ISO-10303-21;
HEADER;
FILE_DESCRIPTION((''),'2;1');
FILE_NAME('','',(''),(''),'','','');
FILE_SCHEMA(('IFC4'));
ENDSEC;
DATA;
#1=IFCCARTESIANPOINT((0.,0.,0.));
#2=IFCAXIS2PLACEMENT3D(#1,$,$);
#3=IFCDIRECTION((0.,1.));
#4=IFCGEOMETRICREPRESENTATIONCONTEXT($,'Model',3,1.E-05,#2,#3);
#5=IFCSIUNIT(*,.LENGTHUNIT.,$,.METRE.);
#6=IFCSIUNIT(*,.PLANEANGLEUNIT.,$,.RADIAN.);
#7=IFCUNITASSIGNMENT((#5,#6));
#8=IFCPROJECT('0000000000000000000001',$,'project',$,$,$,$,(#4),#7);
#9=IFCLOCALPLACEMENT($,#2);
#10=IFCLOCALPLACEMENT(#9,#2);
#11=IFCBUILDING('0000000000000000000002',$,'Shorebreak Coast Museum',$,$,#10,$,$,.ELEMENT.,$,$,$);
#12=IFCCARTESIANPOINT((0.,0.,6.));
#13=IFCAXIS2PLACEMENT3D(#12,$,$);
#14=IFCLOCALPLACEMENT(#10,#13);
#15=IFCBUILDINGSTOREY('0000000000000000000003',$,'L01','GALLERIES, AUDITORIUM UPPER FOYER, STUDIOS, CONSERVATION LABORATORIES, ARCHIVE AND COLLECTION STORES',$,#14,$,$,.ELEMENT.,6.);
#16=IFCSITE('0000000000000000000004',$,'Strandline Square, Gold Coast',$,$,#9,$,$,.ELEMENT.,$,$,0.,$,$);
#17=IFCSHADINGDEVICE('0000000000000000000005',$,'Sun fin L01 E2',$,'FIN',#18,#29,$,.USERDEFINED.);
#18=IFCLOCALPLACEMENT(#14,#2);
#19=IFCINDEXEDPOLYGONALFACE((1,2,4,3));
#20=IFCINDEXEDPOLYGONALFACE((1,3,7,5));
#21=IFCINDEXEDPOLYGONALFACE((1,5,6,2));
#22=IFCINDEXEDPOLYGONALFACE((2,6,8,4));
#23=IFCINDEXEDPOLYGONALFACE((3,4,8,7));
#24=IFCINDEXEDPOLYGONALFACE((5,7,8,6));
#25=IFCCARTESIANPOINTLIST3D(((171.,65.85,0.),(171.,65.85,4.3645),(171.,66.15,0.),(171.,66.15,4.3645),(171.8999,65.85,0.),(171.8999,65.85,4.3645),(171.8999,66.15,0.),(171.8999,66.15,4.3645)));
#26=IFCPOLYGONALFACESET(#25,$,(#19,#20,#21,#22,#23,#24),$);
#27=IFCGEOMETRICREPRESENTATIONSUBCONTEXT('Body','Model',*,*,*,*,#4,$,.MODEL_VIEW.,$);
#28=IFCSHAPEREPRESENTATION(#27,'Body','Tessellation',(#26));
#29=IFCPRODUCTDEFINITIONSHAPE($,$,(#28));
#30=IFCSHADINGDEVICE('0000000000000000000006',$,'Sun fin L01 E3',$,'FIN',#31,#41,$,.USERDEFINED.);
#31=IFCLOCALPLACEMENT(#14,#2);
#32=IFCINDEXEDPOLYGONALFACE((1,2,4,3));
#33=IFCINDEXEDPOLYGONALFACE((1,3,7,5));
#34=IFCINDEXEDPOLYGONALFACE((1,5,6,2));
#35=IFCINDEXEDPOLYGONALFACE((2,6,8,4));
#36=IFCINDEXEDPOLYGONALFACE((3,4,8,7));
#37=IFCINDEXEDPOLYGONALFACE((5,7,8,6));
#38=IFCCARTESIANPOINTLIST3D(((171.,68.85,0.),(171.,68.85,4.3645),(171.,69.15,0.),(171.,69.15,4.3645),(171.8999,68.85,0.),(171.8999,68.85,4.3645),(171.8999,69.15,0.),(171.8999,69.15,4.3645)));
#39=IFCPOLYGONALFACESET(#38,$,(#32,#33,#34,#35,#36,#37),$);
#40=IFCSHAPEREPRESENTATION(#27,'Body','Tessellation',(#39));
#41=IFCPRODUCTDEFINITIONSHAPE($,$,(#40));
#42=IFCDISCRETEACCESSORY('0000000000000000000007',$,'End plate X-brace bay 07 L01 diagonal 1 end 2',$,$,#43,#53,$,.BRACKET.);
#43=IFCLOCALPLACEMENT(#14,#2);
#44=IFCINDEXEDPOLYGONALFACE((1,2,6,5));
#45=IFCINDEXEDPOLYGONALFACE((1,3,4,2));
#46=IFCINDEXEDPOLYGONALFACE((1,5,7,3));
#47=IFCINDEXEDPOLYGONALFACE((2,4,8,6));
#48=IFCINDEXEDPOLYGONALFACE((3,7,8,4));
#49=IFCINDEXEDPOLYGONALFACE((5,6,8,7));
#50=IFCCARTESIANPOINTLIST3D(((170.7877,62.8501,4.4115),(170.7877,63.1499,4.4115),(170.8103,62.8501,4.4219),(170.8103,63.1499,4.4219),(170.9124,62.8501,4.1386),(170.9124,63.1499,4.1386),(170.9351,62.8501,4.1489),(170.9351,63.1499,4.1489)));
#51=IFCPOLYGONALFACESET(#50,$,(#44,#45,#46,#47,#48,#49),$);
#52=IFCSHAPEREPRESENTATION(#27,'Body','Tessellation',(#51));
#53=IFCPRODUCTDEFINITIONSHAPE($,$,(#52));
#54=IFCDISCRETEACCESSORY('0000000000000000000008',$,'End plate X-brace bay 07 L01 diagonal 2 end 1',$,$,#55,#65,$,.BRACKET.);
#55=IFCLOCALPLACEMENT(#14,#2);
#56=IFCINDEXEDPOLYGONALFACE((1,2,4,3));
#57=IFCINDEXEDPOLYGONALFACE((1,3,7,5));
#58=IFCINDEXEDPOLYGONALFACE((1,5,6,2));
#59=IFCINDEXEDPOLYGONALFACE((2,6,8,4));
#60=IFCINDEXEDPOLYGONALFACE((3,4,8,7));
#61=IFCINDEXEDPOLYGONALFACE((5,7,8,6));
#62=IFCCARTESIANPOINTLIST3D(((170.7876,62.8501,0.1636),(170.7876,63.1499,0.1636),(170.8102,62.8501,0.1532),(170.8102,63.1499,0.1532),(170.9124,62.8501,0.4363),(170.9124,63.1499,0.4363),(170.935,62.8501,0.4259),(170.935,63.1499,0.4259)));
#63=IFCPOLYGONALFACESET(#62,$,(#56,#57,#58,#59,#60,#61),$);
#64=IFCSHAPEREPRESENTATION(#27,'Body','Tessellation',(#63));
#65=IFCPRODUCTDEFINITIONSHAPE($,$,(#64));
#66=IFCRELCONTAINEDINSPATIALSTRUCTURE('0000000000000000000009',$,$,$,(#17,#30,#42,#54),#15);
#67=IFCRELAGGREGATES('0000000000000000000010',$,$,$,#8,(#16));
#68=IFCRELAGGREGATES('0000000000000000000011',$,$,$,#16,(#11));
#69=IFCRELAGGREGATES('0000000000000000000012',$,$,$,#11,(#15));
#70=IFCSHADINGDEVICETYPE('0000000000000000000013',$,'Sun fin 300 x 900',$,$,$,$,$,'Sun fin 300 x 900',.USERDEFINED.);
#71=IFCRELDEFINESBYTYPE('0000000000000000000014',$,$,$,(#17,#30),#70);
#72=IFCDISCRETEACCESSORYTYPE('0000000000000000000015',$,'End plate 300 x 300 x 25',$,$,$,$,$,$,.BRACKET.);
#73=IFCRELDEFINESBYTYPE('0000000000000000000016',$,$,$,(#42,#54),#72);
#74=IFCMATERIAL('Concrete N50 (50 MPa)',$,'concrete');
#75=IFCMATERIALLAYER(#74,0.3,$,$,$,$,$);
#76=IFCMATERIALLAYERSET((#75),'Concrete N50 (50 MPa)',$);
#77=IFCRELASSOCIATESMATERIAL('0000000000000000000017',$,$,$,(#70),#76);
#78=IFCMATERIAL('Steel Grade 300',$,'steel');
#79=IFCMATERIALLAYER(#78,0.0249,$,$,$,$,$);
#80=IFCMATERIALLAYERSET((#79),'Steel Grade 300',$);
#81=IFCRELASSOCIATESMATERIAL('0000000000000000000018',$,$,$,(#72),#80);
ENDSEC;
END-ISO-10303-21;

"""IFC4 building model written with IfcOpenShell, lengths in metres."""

from ifc_helpers import new_model, si_unit, direction, frame, origin, origin_2d, place, context, subcontext, project, spatial, polyline, rectangle, outline, extrude, material, layer, layer_set, type_object, element, save


model = new_model("IFC4")

# Units and contexts
model_context = context("Model", 3, precision=1e-05, world=origin(), true_north=direction((0.0, 1.0)))
body_context = subcontext(model_context, "Body", "Model", "MODEL_VIEW")
ifc_project = project(units=[si_unit("LENGTHUNIT", "METRE"), si_unit("PLANEANGLEUNIT", "RADIAN")], contexts=[model_context])

# Site, building, storey
site_placement = place(None, origin())
site = spatial("IfcSite", under=ifc_project, at=site_placement, Name="Strandline Square, Gold Coast", CompositionType="ELEMENT", RefElevation=0.0)
building_placement = place(site_placement, origin())
building = spatial("IfcBuilding", under=site, at=building_placement, Name="Shorebreak Coast Museum", CompositionType="ELEMENT")
storey_placement = place(building_placement, frame((0.0, 0.0, 6.0)))
storey = spatial("IfcBuildingStorey", under=building, at=storey_placement, Name="L01", Description="GALLERIES, AUDITORIUM UPPER FOYER, STUDIOS, CONSERVATION LABORATORIES, ARCHIVE AND COLLECTION STORES", CompositionType="ELEMENT", Elevation=6.0)

# Shading devices
ifc_material_1 = material(Name="Concrete N50 (50 MPa)", Category="concrete")
ifc_layer_1 = layer(ifc_material_1, 0.3)
ifc_layer_set_1 = layer_set([ifc_layer_1], Name="Concrete N50 (50 MPa)")
shading_device_type = type_object("IfcShadingDeviceType", Name="Sun fin 300 x 900", ElementType="Sun fin 300 x 900", PredefinedType="USERDEFINED", material=ifc_layer_set_1)
for number, where, z_axis, x_axis, name in (
    (1, (171.45, 66.0, 0.0), (0.0, 0.0, 1.0), (1.0, 0.0, 0.0), "Sun fin L01 E2"),
    (2, (171.45, 69.0, 0.0), (0.0, 0.0, 1.0), (1.0, 0.0, 0.0), "Sun fin L01 E3"),
):
    element("IfcShadingDevice", number, at=place(storey_placement, frame(where, z_axis=z_axis, x_axis=x_axis)), inside=storey, type_object=shading_device_type, Name=name, ObjectType="FIN", PredefinedType="USERDEFINED", context=body_context, shape_type="SweptSolid", body=[
        extrude(rectangle(XDim=0.8999, YDim=0.3, at=origin_2d()), origin(), (0.0, 0.0, 1.0), 4.3645),
    ])

# Discrete accessories
ifc_material_2 = material(Name="Steel Grade 300", Category="steel")
ifc_layer_2 = layer(ifc_material_2, 0.0249)
ifc_layer_set_2 = layer_set([ifc_layer_2], Name="Steel Grade 300")
discrete_accessory_type = type_object("IfcDiscreteAccessoryType", Name="End plate 300 x 300 x 25", PredefinedType="BRACKET", material=ifc_layer_set_2)
discrete_accessory_1_placement = place(storey_placement, frame((170.9351, 62.8501, 4.1489), z_axis=(0.909501, 0.0, 0.415702), x_axis=(0.0, 1.0, 0.0)))
element("IfcDiscreteAccessory", 3, at=discrete_accessory_1_placement, inside=storey, type_object=discrete_accessory_type, Name="End plate X-brace bay 07 L01 diagonal 1 end 2", PredefinedType="BRACKET", context=body_context, shape_type="SweptSolid", body=[
    extrude(outline(polyline([(0.0, 0.0), (0.2998, 0.0), (0.2998, 0.3001), (0.0, 0.3001), (0.0, 0.0)])), origin(), (0.0, 0.0, -1.0), 0.0249),
])
discrete_accessory_2_placement = place(storey_placement, frame((170.7876, 63.1499, 0.1636), z_axis=(-0.90936, 0.0, 0.41601), x_axis=(0.0, -1.0, 0.0)))
element("IfcDiscreteAccessory", 4, at=discrete_accessory_2_placement, inside=storey, type_object=discrete_accessory_type, Name="End plate X-brace bay 07 L01 diagonal 2 end 1", PredefinedType="BRACKET", context=body_context, shape_type="SweptSolid", body=[
    extrude(outline(polyline([(0.0, 0.0), (0.2998, 0.0), (0.2998, 0.2999), (0.0, 0.2999), (0.0, 0.0)])), origin(), (0.0, 0.0, -1.0), 0.0249),
])

save(model, "model.ifc")
